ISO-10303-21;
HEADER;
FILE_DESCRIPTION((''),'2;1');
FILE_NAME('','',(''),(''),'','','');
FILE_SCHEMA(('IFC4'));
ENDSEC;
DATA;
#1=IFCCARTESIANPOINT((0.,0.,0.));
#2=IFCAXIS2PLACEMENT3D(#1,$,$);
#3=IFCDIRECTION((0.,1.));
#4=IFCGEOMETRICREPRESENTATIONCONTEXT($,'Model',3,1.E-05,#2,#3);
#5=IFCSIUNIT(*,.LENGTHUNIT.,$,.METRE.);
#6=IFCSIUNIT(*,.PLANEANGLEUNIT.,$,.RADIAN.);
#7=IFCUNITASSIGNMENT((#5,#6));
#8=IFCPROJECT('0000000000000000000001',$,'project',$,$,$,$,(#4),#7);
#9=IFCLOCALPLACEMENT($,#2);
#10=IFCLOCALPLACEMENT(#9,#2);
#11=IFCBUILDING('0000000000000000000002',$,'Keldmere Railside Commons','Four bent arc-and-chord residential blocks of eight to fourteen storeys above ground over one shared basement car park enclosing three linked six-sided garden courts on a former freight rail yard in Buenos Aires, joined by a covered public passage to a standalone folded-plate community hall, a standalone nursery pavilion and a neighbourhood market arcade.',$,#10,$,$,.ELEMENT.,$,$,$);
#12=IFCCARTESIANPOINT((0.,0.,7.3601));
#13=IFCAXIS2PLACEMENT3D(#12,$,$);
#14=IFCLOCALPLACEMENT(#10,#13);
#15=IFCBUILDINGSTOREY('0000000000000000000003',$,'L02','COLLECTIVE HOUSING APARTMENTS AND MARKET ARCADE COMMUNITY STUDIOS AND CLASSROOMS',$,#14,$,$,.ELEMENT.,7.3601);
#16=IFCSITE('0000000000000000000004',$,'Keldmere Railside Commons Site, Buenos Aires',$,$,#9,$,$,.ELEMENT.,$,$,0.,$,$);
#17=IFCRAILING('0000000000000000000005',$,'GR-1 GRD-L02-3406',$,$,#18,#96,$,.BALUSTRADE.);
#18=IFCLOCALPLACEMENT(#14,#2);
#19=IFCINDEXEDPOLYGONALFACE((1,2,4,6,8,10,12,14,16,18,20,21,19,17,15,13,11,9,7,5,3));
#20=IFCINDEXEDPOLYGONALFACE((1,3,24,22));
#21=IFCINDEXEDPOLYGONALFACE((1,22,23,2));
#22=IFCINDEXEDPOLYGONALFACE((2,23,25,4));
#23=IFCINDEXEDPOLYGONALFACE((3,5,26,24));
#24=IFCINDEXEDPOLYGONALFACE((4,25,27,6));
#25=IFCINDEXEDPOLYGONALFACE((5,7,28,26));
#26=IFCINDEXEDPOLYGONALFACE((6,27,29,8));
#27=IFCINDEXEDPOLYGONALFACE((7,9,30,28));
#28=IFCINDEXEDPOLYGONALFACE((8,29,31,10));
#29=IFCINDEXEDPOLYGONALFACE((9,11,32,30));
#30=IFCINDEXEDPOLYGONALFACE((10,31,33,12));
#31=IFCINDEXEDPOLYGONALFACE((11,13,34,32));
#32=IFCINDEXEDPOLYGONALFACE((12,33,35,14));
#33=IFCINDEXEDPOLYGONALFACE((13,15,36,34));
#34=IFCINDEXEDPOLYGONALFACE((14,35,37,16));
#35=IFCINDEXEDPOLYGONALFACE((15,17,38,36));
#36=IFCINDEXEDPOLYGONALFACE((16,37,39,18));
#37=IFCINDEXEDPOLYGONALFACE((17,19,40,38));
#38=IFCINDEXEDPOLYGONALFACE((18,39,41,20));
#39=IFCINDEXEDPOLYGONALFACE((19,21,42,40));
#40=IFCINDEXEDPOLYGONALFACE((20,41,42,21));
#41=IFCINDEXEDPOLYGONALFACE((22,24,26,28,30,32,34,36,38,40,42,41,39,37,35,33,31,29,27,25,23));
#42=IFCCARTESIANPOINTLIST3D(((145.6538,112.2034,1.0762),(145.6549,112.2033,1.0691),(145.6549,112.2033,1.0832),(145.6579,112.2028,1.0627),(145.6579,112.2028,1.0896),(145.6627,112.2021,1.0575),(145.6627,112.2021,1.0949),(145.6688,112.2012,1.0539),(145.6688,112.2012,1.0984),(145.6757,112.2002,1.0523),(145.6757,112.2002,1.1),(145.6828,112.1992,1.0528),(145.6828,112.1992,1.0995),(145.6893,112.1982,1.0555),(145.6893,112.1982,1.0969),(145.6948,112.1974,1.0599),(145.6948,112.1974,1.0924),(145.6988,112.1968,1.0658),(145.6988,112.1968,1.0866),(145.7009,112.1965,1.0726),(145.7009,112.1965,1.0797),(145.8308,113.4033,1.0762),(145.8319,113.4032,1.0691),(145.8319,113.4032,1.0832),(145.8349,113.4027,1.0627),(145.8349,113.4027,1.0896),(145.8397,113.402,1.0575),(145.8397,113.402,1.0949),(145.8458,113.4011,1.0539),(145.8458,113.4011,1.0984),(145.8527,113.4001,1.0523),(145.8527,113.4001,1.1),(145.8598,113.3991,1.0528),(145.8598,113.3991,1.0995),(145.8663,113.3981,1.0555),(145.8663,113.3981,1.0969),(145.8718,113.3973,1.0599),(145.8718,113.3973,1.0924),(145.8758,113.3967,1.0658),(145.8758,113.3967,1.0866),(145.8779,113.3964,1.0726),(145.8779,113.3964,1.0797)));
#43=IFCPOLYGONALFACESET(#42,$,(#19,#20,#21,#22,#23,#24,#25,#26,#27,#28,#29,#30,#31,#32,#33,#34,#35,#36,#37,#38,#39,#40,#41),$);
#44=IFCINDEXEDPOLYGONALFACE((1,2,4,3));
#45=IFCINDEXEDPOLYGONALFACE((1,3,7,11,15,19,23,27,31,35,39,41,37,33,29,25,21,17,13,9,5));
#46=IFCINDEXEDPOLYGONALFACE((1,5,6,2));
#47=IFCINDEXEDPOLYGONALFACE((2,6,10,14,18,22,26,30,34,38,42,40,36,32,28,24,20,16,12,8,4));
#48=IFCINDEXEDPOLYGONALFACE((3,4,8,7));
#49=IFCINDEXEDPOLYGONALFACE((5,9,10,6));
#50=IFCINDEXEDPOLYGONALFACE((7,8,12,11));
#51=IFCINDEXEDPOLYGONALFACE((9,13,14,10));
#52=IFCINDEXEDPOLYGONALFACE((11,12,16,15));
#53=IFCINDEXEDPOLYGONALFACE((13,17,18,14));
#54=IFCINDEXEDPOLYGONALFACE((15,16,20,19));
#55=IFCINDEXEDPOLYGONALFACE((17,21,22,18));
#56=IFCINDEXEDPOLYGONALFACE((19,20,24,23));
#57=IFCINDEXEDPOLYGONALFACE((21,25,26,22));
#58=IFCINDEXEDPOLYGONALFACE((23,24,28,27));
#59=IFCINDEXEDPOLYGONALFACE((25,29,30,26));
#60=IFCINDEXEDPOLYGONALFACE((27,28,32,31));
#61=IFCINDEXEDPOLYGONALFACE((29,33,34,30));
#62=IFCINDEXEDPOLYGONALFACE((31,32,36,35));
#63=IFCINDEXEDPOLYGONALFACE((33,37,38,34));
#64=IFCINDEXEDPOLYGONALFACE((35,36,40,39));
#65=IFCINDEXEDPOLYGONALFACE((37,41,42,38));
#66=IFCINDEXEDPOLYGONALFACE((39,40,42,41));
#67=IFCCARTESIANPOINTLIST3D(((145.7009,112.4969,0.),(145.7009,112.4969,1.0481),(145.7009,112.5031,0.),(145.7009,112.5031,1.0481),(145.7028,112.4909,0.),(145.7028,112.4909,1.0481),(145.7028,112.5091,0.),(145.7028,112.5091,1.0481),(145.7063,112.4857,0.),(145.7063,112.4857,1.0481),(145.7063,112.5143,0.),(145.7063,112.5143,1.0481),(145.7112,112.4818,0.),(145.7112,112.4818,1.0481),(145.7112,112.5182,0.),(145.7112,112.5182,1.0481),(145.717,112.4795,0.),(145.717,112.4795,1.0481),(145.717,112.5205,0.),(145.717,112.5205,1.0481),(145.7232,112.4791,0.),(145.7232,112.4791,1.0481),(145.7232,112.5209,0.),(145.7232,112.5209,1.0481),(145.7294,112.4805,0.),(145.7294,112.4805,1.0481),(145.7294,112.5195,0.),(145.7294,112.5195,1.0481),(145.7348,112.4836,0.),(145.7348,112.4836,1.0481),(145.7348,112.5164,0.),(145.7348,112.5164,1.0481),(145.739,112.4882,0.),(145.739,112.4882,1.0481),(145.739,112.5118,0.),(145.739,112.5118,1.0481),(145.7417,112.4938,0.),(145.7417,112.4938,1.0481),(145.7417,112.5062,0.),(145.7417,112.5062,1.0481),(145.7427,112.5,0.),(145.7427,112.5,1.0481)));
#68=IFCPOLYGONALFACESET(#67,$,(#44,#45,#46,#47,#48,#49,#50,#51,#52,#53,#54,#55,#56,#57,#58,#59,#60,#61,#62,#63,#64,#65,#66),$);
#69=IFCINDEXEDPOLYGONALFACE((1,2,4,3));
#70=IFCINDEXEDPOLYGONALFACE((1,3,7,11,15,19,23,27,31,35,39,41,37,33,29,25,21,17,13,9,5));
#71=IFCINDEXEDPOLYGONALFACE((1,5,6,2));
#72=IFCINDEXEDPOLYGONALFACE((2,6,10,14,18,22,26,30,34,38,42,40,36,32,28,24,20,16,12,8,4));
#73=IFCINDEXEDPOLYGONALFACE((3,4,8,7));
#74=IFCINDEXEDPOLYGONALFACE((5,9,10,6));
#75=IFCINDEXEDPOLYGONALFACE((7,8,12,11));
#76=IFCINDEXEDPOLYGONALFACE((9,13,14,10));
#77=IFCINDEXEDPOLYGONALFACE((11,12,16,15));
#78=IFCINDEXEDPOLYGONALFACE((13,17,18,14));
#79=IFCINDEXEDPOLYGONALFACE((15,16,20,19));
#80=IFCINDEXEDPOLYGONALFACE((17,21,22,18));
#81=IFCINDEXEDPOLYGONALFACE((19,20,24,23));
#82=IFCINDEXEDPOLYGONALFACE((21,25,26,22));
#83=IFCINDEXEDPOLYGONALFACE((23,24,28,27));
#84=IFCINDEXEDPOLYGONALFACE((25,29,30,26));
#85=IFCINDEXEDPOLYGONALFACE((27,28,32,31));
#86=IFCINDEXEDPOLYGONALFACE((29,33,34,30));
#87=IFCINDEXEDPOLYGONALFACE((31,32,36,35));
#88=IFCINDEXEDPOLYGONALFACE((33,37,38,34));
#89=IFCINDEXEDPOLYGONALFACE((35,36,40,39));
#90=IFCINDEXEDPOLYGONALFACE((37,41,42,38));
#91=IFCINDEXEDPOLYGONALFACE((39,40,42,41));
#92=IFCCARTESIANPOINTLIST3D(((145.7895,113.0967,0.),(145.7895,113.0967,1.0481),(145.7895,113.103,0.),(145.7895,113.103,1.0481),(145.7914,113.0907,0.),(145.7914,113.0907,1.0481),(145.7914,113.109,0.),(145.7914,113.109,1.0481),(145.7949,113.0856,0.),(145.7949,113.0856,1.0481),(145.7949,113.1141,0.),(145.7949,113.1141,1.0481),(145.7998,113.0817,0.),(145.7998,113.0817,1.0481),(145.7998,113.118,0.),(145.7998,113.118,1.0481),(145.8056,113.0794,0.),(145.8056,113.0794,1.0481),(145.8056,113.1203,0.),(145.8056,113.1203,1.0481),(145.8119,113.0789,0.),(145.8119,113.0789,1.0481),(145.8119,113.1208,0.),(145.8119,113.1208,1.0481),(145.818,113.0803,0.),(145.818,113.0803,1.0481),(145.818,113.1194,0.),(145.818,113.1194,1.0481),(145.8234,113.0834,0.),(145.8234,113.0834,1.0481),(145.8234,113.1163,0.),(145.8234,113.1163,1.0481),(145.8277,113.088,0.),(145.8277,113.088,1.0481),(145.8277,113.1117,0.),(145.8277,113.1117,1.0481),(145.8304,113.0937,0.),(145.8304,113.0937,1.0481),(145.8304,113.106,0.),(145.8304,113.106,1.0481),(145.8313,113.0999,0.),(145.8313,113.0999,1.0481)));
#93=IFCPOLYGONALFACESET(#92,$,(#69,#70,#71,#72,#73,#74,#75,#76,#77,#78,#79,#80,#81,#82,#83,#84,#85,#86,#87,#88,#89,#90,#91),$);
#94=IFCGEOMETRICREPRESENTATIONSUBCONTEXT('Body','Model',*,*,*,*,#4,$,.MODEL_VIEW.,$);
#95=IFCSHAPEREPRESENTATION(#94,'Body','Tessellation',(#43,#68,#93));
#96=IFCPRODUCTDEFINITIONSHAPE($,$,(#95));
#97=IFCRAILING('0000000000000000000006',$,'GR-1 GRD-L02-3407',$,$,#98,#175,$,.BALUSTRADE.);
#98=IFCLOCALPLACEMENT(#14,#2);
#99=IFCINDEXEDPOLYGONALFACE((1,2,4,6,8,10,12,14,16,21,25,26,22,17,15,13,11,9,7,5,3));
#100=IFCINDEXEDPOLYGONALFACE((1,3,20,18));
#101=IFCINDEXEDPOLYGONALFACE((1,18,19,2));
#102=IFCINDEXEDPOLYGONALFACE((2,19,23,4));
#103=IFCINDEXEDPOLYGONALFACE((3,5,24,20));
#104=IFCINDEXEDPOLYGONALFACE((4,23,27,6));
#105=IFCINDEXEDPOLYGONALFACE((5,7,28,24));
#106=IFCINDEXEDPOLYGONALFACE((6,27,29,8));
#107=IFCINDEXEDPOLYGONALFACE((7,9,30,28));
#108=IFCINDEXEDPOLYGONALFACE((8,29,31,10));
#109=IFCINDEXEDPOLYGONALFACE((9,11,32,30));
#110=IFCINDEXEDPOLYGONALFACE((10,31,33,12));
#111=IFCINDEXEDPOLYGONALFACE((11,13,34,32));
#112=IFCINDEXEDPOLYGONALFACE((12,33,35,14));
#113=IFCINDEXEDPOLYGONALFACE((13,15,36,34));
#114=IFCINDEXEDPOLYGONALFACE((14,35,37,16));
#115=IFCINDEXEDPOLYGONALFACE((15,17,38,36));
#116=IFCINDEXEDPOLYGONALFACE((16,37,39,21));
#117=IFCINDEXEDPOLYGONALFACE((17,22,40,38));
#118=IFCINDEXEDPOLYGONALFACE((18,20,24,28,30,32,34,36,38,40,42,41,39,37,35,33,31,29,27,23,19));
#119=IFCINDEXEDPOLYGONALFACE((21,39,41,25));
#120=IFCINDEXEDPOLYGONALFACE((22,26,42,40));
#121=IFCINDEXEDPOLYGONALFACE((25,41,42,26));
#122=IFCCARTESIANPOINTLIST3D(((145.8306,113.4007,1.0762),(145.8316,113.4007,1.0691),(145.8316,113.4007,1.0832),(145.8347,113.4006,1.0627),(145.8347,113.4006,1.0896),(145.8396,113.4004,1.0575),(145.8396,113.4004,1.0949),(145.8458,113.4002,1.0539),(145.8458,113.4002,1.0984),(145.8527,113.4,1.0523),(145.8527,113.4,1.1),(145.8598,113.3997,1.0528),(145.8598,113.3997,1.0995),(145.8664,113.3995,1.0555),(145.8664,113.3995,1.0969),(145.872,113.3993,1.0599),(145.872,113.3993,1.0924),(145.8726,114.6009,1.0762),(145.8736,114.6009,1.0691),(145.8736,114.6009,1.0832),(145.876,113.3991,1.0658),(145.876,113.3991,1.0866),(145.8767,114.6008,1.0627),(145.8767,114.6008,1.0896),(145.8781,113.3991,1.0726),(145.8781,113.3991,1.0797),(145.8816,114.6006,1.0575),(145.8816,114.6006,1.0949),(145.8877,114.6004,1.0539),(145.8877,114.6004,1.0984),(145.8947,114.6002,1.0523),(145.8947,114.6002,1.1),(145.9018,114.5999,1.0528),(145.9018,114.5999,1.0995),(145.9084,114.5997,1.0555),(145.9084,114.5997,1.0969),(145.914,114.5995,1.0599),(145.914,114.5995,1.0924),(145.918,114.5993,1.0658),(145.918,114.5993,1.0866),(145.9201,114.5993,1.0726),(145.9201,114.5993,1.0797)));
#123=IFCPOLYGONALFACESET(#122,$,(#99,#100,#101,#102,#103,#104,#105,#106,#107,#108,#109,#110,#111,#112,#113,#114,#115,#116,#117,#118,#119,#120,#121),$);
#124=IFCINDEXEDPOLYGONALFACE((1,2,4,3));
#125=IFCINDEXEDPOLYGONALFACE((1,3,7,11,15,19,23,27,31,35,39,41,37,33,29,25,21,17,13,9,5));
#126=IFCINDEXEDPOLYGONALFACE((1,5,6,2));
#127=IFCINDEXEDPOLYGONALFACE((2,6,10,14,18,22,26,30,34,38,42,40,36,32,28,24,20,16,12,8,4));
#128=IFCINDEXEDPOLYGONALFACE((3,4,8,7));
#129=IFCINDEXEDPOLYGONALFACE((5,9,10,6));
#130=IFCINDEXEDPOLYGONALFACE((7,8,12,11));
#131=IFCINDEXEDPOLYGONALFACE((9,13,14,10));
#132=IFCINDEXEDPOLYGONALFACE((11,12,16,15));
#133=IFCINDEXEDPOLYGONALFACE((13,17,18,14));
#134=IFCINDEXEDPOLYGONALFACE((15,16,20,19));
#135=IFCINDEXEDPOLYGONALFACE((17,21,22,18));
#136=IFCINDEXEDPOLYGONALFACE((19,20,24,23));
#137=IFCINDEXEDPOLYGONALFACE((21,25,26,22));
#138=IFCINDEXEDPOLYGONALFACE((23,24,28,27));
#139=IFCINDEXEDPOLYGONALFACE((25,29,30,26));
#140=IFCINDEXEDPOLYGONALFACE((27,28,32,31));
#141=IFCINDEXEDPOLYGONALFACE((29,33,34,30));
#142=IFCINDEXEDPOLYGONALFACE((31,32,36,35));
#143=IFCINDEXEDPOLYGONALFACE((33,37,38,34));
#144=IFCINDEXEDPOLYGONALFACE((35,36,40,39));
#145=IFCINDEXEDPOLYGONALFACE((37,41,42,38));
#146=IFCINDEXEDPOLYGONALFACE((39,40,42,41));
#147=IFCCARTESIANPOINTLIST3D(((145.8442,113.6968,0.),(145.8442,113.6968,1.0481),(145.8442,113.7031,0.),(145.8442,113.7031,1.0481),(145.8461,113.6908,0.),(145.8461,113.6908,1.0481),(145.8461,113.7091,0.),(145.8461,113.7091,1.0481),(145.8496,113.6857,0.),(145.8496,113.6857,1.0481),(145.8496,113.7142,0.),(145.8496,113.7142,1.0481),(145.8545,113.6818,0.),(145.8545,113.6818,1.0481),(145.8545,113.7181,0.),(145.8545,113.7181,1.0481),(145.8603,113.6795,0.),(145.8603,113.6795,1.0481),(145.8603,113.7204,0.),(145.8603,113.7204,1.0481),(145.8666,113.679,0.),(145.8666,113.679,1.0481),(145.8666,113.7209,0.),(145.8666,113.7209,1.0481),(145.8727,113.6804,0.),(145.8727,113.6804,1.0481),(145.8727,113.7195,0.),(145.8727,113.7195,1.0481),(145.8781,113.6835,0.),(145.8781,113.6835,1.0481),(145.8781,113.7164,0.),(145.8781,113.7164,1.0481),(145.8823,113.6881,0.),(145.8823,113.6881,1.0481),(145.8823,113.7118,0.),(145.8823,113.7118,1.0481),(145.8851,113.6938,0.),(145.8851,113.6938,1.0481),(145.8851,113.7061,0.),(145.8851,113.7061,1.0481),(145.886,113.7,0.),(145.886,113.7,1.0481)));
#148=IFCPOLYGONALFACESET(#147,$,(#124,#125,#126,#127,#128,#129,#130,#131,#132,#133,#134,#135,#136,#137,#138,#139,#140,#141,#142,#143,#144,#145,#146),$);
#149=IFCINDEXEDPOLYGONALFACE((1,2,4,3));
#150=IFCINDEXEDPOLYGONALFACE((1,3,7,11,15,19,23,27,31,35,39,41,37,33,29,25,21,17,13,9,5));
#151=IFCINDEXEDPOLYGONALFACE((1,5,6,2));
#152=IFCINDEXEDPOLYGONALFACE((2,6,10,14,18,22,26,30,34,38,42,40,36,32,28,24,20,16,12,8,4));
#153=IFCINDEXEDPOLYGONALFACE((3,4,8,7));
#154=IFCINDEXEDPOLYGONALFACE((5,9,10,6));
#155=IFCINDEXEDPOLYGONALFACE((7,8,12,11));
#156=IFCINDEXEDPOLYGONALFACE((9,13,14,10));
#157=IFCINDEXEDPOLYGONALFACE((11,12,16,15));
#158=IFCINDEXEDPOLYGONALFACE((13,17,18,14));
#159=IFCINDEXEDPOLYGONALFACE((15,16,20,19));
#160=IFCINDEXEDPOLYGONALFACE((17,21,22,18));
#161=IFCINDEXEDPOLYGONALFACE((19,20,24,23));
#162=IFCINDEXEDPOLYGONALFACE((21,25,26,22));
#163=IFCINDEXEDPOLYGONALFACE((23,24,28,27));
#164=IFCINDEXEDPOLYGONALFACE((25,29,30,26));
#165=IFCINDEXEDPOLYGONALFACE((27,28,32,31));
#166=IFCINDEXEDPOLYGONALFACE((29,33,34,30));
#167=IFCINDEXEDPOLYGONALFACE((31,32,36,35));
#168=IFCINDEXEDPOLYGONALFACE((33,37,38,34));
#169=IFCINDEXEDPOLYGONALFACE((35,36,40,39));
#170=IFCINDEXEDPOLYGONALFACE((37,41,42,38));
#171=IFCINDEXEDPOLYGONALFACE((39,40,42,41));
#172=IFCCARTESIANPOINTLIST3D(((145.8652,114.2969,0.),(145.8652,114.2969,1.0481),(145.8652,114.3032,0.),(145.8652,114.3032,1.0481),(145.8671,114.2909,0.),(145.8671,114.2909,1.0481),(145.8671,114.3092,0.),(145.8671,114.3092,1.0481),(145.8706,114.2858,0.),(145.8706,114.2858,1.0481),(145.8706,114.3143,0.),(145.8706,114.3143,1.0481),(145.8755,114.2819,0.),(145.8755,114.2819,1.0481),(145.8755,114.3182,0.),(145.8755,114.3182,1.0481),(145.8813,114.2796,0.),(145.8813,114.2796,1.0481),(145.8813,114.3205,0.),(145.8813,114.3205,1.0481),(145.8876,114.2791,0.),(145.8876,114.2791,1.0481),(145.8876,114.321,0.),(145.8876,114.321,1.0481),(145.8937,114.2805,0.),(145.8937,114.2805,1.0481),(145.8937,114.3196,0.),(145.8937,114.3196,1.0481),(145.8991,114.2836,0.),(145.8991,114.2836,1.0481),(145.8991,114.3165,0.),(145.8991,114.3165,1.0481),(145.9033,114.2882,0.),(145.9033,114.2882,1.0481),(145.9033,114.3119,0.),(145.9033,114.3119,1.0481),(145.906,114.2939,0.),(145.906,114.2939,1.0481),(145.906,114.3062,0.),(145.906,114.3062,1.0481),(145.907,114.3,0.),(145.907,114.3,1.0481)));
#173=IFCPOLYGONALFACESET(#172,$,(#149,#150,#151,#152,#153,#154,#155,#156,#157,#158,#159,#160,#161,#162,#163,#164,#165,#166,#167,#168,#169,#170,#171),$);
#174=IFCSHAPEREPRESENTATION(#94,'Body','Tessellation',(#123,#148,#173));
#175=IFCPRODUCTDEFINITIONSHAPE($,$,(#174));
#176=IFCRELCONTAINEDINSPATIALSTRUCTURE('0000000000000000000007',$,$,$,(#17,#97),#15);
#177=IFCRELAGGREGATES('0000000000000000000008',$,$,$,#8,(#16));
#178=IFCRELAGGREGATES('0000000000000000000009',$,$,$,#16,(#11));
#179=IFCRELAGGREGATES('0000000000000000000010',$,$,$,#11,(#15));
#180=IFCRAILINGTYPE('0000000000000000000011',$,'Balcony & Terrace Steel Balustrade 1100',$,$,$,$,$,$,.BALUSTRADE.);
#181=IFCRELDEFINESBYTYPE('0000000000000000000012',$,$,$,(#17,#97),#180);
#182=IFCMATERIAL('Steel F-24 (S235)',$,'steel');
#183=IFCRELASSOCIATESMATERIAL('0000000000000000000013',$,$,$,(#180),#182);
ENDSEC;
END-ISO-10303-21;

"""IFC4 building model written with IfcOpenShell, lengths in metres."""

from ifc_helpers import new_model, si_unit, direction, frame, origin, origin_2d, place, context, subcontext, project, spatial, circle, extrude, material, type_object, element, save


model = new_model("IFC4")

# Units and contexts
model_context = context("Model", 3, precision=1e-05, world=origin(), true_north=direction((0.0, 1.0)))
body_context = subcontext(model_context, "Body", "Model", "MODEL_VIEW")
ifc_project = project(units=[si_unit("LENGTHUNIT", "METRE"), si_unit("PLANEANGLEUNIT", "RADIAN")], contexts=[model_context])

# Site, building, storey
site_placement = place(None, origin())
site = spatial("IfcSite", under=ifc_project, at=site_placement, Name="Keldmere Railside Commons Site, Buenos Aires", CompositionType="ELEMENT", RefElevation=0.0)
building_placement = place(site_placement, origin())
building = spatial("IfcBuilding", under=site, at=building_placement, Name="Keldmere Railside Commons", Description="Four bent arc-and-chord residential blocks of eight to fourteen storeys above ground over one shared basement car park enclosing three linked six-sided garden courts on a former freight rail yard in Buenos Aires, joined by a covered public passage to a standalone folded-plate community hall, a standalone nursery pavilion and a neighbourhood market arcade.", CompositionType="ELEMENT")
storey_placement = place(building_placement, frame((0.0, 0.0, 7.3601)))
storey = spatial("IfcBuildingStorey", under=building, at=storey_placement, Name="L02", Description="COLLECTIVE HOUSING APARTMENTS AND MARKET ARCADE COMMUNITY STUDIOS AND CLASSROOMS", CompositionType="ELEMENT", Elevation=7.3601)

# Railings
ifc_material_1 = material(Name="Steel F-24 (S235)", Category="steel")
railing_type = type_object("IfcRailingType", Name="Balcony & Terrace Steel Balustrade 1100", PredefinedType="BALUSTRADE", material=ifc_material_1)
railing_1_placement = place(storey_placement, frame((145.6775, 112.2, 0.0)))
element("IfcRailing", 1, at=railing_1_placement, inside=storey, type_object=railing_type, Name="GR-1 GRD-L02-3406", PredefinedType="BALUSTRADE", context=body_context, shape_type="SweptSolid", body=[
    extrude(circle(Radius=0.0239, at=origin_2d()), frame((0.0, 0.0, 1.0762), z_axis=(0.145929, 0.989295, 0.0), x_axis=(-0.989295, 0.145929, 0.0)), (0.0, 0.0, 1.0), 1.2129),
    extrude(circle(Radius=0.021, at=origin_2d()), frame((0.0442, 0.3, 0.0)), (0.0, 0.0, 1.0), 1.0481),
    extrude(circle(Radius=0.021, at=origin_2d()), frame((0.1328, 0.8999, 0.0)), (0.0, 0.0, 1.0), 1.0481),
])
railing_2_placement = place(storey_placement, frame((145.8545, 113.3999, 0.0)))
element("IfcRailing", 2, at=railing_2_placement, inside=storey, type_object=railing_type, Name="GR-1 GRD-L02-3407", PredefinedType="BALUSTRADE", context=body_context, shape_type="SweptSolid", body=[
    extrude(circle(Radius=0.0239, at=origin_2d()), frame((0.0, 0.0, 1.0762), z_axis=(0.034966, 0.999388, 0.0), x_axis=(-0.999388, 0.034966, 0.0)), (0.0, 0.0, 1.0), 1.2009),
    extrude(circle(Radius=0.021, at=origin_2d()), frame((0.0105, 0.3, 0.0)), (0.0, 0.0, 1.0), 1.0481),
    extrude(circle(Radius=0.021, at=origin_2d()), frame((0.0315, 0.9001, 0.0)), (0.0, 0.0, 1.0), 1.0481),
])

save(model, "model.ifc")
